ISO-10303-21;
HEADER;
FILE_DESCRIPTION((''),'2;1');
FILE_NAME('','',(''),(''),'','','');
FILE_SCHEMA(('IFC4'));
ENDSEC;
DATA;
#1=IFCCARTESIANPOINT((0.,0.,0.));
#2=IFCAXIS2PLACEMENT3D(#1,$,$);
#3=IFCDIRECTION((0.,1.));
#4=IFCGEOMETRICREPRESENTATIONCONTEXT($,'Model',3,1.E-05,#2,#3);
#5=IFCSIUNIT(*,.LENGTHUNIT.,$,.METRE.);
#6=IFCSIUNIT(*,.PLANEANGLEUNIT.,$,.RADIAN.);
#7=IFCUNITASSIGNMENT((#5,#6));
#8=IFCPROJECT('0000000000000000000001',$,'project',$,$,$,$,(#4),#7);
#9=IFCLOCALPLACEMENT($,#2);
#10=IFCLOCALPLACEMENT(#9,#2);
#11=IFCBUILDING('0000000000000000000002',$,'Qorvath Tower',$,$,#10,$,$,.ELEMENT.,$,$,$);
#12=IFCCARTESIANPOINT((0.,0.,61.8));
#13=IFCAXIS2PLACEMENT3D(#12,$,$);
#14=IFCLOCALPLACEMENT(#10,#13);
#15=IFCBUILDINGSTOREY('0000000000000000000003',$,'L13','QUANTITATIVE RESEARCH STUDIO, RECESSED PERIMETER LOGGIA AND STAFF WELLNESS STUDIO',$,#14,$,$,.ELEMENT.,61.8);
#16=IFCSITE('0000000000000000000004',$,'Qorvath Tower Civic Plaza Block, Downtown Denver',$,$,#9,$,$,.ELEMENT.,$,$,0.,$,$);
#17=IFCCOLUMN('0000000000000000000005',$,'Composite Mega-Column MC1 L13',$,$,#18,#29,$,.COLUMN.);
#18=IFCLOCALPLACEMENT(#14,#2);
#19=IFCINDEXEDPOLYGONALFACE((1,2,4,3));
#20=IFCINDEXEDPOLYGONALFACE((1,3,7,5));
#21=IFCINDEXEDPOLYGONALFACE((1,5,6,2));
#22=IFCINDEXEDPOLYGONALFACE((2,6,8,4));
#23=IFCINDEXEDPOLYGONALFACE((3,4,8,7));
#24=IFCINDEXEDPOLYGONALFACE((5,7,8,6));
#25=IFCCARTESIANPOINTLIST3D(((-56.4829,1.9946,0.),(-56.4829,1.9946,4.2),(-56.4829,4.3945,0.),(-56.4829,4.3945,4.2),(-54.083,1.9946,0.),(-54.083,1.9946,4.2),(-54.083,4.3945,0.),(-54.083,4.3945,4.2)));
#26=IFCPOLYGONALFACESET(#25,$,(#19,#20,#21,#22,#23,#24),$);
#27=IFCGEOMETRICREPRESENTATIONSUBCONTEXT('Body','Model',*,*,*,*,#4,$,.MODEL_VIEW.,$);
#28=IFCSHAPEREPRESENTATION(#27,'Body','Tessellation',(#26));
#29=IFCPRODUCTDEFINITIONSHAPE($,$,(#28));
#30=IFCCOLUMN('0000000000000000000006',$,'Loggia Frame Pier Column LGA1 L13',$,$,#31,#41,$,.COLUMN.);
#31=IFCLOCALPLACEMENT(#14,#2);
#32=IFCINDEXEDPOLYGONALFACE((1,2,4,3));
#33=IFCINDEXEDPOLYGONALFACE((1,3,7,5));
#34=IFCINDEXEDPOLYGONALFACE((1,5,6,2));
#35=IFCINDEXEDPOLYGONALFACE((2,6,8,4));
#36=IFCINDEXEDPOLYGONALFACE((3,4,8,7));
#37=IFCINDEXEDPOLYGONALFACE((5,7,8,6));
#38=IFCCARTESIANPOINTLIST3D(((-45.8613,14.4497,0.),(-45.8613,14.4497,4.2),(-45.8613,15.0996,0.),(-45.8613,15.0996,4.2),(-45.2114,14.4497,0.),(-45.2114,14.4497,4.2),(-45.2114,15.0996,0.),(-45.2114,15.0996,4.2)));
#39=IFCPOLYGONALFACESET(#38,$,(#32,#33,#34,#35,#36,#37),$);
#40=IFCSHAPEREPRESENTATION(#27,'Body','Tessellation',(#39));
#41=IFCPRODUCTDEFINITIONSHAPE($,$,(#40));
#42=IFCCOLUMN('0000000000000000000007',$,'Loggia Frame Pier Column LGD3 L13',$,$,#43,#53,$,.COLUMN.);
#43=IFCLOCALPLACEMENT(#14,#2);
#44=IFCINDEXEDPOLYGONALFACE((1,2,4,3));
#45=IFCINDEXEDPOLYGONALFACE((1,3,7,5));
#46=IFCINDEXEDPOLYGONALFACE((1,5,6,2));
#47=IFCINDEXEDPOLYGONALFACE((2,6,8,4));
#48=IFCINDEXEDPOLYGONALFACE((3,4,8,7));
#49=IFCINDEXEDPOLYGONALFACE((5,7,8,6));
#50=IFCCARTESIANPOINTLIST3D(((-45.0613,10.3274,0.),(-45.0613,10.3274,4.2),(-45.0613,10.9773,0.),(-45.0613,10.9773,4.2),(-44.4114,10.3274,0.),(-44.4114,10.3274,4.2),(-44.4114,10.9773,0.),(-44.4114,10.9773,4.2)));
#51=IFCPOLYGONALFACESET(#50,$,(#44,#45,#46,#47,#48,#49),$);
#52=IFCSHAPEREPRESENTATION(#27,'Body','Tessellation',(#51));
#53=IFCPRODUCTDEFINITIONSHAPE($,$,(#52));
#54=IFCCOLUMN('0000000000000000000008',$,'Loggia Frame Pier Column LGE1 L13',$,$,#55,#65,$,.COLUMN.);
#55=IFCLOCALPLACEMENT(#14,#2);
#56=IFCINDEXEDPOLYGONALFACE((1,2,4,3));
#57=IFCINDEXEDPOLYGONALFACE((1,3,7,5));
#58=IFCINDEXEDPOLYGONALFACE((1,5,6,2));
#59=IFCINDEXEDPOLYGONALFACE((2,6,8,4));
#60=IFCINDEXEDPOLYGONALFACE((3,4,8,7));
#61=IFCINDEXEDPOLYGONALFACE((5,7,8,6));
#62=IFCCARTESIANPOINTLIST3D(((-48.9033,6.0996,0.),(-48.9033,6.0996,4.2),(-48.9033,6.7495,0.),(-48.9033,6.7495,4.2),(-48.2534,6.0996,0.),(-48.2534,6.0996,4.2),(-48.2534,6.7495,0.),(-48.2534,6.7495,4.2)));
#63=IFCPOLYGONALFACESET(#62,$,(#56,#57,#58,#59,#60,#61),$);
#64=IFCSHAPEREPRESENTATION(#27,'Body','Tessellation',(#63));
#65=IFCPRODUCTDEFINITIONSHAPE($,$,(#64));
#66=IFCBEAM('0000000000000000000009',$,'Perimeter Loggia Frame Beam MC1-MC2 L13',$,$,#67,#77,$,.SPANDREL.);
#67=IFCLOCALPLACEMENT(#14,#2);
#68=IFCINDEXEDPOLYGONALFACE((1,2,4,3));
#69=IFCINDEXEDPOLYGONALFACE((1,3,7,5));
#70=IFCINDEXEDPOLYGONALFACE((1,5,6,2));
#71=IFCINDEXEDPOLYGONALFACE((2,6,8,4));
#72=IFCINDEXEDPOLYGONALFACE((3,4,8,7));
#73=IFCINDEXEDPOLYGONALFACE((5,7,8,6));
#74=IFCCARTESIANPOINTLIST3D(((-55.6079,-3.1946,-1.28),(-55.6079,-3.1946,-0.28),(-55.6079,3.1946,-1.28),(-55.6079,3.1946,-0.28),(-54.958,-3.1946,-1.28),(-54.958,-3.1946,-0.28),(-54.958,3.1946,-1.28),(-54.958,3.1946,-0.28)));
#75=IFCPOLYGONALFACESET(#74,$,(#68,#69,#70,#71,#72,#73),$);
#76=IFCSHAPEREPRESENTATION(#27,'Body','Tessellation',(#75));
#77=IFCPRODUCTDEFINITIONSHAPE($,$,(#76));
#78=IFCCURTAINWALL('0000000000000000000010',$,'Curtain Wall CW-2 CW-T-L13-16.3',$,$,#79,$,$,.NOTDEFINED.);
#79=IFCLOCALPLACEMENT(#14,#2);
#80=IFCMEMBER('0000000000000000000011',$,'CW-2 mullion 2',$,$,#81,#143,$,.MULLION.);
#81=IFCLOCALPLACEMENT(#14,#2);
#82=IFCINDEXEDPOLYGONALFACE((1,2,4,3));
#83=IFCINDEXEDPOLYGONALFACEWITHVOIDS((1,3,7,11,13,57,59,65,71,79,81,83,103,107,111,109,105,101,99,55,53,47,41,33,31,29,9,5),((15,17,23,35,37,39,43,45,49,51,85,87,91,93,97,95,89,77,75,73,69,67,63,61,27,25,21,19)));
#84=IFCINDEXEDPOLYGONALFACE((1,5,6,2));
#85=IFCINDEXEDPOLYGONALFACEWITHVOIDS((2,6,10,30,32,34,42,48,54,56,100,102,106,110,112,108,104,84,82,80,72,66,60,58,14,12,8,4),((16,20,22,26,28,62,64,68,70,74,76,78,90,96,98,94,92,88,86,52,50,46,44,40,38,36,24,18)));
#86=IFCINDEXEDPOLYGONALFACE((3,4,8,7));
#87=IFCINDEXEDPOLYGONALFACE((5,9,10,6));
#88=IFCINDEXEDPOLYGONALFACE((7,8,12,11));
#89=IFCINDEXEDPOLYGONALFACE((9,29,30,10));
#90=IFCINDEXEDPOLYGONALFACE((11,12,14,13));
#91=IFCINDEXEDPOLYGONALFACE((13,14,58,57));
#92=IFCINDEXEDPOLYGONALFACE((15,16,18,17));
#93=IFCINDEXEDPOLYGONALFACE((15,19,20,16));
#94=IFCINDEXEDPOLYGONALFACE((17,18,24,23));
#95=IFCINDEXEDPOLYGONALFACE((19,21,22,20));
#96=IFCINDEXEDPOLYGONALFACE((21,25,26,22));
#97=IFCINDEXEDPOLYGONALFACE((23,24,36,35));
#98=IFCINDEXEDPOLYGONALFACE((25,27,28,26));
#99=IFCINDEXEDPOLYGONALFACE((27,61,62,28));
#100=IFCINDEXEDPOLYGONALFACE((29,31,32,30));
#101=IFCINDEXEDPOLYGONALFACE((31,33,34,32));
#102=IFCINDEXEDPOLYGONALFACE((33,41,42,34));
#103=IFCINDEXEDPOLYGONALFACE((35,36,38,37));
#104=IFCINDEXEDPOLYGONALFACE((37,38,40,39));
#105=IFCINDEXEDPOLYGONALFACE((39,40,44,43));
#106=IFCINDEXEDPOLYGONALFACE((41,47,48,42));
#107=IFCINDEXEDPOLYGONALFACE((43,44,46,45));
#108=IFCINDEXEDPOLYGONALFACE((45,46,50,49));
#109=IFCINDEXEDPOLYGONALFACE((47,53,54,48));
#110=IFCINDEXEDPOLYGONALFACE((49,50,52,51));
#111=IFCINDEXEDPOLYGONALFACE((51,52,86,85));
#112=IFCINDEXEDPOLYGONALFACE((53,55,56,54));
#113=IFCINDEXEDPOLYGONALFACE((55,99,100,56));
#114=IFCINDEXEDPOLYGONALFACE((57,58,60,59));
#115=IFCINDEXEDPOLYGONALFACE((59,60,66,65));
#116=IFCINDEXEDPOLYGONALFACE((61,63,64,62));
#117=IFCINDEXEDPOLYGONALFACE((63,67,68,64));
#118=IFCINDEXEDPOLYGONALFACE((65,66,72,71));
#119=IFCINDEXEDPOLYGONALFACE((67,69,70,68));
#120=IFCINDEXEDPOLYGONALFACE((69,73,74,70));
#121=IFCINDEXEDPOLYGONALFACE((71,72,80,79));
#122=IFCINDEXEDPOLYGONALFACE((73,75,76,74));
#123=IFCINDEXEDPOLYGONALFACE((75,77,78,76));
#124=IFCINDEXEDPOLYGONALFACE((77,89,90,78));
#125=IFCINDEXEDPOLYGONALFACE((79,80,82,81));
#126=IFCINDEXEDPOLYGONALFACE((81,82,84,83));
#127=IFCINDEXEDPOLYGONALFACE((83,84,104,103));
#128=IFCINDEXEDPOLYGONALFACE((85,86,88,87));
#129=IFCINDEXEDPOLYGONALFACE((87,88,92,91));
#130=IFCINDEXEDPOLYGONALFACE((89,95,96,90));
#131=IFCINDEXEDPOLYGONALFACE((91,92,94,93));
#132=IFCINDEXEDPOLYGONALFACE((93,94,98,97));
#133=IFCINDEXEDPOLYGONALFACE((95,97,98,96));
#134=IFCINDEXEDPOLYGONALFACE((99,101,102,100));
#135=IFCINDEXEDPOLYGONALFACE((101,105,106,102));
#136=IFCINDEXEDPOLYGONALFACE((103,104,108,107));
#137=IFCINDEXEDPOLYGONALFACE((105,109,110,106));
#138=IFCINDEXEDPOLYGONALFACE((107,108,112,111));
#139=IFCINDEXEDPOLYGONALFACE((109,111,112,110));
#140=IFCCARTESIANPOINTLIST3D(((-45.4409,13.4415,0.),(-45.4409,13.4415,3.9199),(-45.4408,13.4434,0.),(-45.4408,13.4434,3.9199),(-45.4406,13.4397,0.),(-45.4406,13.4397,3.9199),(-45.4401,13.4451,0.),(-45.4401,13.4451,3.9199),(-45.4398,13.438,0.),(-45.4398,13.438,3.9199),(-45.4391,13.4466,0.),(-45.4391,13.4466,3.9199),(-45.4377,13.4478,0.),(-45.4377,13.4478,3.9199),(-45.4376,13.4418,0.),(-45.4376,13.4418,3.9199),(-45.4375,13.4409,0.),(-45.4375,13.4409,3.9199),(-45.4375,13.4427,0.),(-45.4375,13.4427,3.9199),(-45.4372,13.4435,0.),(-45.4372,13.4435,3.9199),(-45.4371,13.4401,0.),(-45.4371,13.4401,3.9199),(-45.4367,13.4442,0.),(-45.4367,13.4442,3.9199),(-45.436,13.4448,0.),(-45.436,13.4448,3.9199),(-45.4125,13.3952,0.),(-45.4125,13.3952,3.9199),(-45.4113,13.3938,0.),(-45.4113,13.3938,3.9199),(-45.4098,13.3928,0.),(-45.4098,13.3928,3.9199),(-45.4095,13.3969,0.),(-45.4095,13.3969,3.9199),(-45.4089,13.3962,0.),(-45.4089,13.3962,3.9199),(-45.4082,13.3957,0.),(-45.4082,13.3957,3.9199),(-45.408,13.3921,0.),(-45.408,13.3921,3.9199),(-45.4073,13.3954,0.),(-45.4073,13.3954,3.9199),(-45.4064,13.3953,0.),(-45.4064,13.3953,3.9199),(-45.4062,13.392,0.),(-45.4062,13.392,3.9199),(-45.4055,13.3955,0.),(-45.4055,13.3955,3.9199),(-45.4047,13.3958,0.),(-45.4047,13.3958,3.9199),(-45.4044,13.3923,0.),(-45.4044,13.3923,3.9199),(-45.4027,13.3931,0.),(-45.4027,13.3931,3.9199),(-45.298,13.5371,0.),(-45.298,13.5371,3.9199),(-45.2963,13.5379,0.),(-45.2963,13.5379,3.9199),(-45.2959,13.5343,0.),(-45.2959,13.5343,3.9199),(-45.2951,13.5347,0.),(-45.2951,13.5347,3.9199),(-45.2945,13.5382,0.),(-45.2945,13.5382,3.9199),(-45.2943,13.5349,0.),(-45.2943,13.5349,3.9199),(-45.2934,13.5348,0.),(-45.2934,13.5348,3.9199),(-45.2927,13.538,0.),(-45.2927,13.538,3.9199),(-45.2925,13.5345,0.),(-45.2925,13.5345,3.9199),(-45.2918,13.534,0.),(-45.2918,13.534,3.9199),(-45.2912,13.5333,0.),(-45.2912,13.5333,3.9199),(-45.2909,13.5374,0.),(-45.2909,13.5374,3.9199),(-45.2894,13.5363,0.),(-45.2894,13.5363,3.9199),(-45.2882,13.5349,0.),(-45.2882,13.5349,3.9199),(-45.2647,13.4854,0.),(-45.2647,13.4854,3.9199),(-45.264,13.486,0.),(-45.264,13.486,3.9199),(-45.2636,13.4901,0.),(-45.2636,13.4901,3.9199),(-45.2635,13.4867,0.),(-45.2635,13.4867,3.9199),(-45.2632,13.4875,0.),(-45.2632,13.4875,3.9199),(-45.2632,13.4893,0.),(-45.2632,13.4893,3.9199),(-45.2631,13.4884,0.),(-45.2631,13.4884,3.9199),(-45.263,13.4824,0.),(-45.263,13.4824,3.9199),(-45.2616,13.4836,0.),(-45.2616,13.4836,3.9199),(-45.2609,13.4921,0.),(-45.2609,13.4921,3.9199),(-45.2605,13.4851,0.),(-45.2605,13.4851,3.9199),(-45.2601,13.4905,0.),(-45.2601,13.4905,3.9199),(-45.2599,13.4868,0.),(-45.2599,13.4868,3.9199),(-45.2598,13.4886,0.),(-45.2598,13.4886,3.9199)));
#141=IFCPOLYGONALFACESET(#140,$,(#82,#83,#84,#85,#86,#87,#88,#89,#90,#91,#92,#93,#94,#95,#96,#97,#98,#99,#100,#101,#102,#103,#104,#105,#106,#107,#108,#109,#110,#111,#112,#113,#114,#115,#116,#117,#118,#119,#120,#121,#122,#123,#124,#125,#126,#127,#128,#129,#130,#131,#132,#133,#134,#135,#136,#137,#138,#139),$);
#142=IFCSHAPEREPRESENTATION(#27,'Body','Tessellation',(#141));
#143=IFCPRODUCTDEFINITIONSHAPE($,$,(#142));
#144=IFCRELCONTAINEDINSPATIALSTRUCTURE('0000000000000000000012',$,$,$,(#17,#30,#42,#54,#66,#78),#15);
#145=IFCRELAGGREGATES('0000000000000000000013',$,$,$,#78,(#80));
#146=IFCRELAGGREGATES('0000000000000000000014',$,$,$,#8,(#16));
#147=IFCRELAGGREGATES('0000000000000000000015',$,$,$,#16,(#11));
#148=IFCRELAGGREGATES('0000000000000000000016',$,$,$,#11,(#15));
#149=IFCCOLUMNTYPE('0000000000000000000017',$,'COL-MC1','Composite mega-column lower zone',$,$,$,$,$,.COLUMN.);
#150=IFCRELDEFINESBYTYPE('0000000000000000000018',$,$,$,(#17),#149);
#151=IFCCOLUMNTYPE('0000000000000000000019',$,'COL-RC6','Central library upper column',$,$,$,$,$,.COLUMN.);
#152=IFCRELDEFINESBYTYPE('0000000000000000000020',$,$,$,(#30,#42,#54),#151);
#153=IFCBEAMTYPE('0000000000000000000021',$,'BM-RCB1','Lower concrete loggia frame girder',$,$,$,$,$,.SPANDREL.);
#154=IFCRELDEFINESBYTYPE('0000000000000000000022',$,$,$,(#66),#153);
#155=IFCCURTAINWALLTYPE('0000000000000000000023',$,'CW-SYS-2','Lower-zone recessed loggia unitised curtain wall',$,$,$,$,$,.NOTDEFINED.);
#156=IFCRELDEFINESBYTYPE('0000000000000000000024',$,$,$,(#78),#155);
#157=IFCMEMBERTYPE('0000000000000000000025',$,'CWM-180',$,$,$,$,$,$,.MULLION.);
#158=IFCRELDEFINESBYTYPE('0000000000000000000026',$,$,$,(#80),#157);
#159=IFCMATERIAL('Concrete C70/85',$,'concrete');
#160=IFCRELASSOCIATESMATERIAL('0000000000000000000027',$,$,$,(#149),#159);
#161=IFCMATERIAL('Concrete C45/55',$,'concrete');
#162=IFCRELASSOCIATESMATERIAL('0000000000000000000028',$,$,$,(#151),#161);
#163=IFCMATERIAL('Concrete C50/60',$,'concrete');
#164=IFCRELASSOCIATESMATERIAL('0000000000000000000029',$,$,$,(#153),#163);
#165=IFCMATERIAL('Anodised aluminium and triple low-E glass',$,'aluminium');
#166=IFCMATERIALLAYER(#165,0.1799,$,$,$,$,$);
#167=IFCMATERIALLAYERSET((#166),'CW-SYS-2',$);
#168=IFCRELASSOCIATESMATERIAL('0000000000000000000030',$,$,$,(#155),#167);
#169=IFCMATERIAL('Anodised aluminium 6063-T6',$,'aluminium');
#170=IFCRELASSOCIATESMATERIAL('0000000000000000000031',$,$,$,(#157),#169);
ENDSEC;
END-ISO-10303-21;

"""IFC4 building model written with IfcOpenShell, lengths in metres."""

from ifc_helpers import new_model, si_unit, direction, frame, origin, origin_2d, place, context, subcontext, project, spatial, rectangle, hollow_rectangle, extrude, material, layer, layer_set, material_profile, profile_set, type_object, element, aggregate, save


model = new_model("IFC4")

# Units and contexts
model_context = context("Model", 3, precision=1e-05, world=origin(), true_north=direction((0.0, 1.0)))
body_context = subcontext(model_context, "Body", "Model", "MODEL_VIEW")
ifc_project = project(units=[si_unit("LENGTHUNIT", "METRE"), si_unit("PLANEANGLEUNIT", "RADIAN")], contexts=[model_context])

# Site, building, storey
site_placement = place(None, origin())
site = spatial("IfcSite", under=ifc_project, at=site_placement, Name="Qorvath Tower Civic Plaza Block, Downtown Denver", CompositionType="ELEMENT", RefElevation=0.0)
building_placement = place(site_placement, origin())
building = spatial("IfcBuilding", under=site, at=building_placement, Name="Qorvath Tower", CompositionType="ELEMENT")
storey_placement = place(building_placement, frame((0.0, 0.0, 61.8)))
storey = spatial("IfcBuildingStorey", under=building, at=storey_placement, Name="L13", Description="QUANTITATIVE RESEARCH STUDIO, RECESSED PERIMETER LOGGIA AND STAFF WELLNESS STUDIO", CompositionType="ELEMENT", Elevation=61.8)

# Columns
ifc_material_1 = material(Name="Concrete C70/85", Category="concrete")
ifc_material_profile_1 = material_profile(ifc_material_1, rectangle(XDim=2.3999, YDim=2.3999, at=origin_2d()), Name="MC 2400x2400")
ifc_profile_set_1 = profile_set([ifc_material_profile_1], Name="Concrete C70/85")
column_type_1 = type_object("IfcColumnType", Name="COL-MC1", Description="Composite mega-column lower zone", PredefinedType="COLUMN", material=ifc_profile_set_1)
column_placement = place(storey_placement, frame((-55.283, 3.1946, 0.0), z_axis=(0.0, 0.0, 1.0), x_axis=(1.0, 0.0, 0.0)))
element("IfcColumn", 1, at=column_placement, inside=storey, type_object=column_type_1, Name="Composite Mega-Column MC1 L13", PredefinedType="COLUMN", context=body_context, shape_type="SweptSolid", body=[
    extrude(rectangle(XDim=2.3999, YDim=2.3999, at=origin_2d()), origin(), (0.0, 0.0, 1.0), 4.2),
])
ifc_material_2 = material(Name="Concrete C45/55", Category="concrete")
ifc_material_profile_2 = material_profile(ifc_material_2, rectangle(XDim=0.6499, YDim=0.6499, at=origin_2d()), Name="RC 650x650")
ifc_profile_set_2 = profile_set([ifc_material_profile_2], Name="Concrete C45/55")
column_type_2 = type_object("IfcColumnType", Name="COL-RC6", Description="Central library upper column", PredefinedType="COLUMN", material=ifc_profile_set_2)
for number, where, z_axis, x_axis, name in (
    (2, (-45.5364, 14.7747, 0.0), (0.0, 0.0, 1.0), (1.0, 0.0, 0.0), "Loggia Frame Pier Column LGA1 L13"),
    (3, (-44.7363, 10.6523, 0.0), (0.0, 0.0, 1.0), (1.0, 0.0, 0.0), "Loggia Frame Pier Column LGD3 L13"),
    (4, (-48.5784, 6.4246, 0.0), (0.0, 0.0, 1.0), (1.0, 0.0, 0.0), "Loggia Frame Pier Column LGE1 L13"),
):
    element("IfcColumn", number, at=place(storey_placement, frame(where, z_axis=z_axis, x_axis=x_axis)), inside=storey, type_object=column_type_2, Name=name, PredefinedType="COLUMN", context=body_context, shape_type="SweptSolid", body=[
        extrude(rectangle(XDim=0.6499, YDim=0.6499, at=origin_2d()), origin(), (0.0, 0.0, 1.0), 4.2),
    ])

# Beam
ifc_material_3 = material(Name="Concrete C50/60", Category="concrete")
ifc_material_profile_3 = material_profile(ifc_material_3, rectangle(XDim=0.6499, YDim=1.0, at=origin_2d()), Name="RCB 1000x650")
ifc_profile_set_3 = profile_set([ifc_material_profile_3], Name="Concrete C50/60")
beam_type = type_object("IfcBeamType", Name="BM-RCB1", Description="Lower concrete loggia frame girder", PredefinedType="SPANDREL", material=ifc_profile_set_3)
beam_placement = place(storey_placement, frame((-55.283, 3.1946, -0.78), z_axis=(0.0, -1.0, 0.0), x_axis=(1.0, 0.0, 0.0)))
element("IfcBeam", 5, at=beam_placement, inside=storey, type_object=beam_type, Name="Perimeter Loggia Frame Beam MC1-MC2 L13", PredefinedType="SPANDREL", context=body_context, shape_type="SweptSolid", body=[
    extrude(rectangle(XDim=0.6499, YDim=1.0, at=origin_2d()), origin(), (0.0, 0.0, 1.0), 6.3892),
])

# Curtain wall, member
ifc_material_4 = material(Name="Anodised aluminium and triple low-E glass", Category="aluminium")
ifc_layer_1 = layer(ifc_material_4, 0.1799)
ifc_layer_set_1 = layer_set([ifc_layer_1], Name="CW-SYS-2")
curtain_wall_type = type_object("IfcCurtainWallType", Name="CW-SYS-2", Description="Lower-zone recessed loggia unitised curtain wall", PredefinedType="NOTDEFINED", material=ifc_layer_set_1)
curtain_wall_placement = place(storey_placement, origin())
curtain_wall = element("IfcCurtainWall", 6, at=curtain_wall_placement, inside=storey, type_object=curtain_wall_type, Name="Curtain Wall CW-2 CW-T-L13-16.3", PredefinedType="NOTDEFINED")
ifc_material_5 = material(Name="Anodised aluminium 6063-T6", Category="aluminium")
ifc_material_profile_4 = material_profile(ifc_material_5, hollow_rectangle(XDim=0.0649, YDim=0.1799, WallThickness=0.0034, InnerFilletRadius=0.0034, OuterFilletRadius=0.0071, at=origin_2d()), Name="CWM 180x65")
ifc_profile_set_4 = profile_set([ifc_material_profile_4], Name="Anodised aluminium 6063-T6")
member_type_1 = type_object("IfcMemberType", Name="CWM-180", PredefinedType="MULLION", material=ifc_profile_set_4)
member_1_placement = place(storey_placement, frame((-45.3503, 13.4651, 0.0), z_axis=(0.0, 0.0, 1.0), x_axis=(0.53853, -0.842607, 0.0)))
member_1 = element("IfcMember", 7, at=member_1_placement, type_object=member_type_1, Name="CW-2 mullion 2", PredefinedType="MULLION", context=body_context, shape_type="SweptSolid", body=[
    extrude(hollow_rectangle(XDim=0.0649, YDim=0.1799, WallThickness=0.0034, InnerFilletRadius=0.0034, OuterFilletRadius=0.0071, at=origin_2d()), origin(), (0.0, 0.0, 1.0), 3.9199),
])

aggregate(curtain_wall, [member_1])

save(model, "model.ifc")
